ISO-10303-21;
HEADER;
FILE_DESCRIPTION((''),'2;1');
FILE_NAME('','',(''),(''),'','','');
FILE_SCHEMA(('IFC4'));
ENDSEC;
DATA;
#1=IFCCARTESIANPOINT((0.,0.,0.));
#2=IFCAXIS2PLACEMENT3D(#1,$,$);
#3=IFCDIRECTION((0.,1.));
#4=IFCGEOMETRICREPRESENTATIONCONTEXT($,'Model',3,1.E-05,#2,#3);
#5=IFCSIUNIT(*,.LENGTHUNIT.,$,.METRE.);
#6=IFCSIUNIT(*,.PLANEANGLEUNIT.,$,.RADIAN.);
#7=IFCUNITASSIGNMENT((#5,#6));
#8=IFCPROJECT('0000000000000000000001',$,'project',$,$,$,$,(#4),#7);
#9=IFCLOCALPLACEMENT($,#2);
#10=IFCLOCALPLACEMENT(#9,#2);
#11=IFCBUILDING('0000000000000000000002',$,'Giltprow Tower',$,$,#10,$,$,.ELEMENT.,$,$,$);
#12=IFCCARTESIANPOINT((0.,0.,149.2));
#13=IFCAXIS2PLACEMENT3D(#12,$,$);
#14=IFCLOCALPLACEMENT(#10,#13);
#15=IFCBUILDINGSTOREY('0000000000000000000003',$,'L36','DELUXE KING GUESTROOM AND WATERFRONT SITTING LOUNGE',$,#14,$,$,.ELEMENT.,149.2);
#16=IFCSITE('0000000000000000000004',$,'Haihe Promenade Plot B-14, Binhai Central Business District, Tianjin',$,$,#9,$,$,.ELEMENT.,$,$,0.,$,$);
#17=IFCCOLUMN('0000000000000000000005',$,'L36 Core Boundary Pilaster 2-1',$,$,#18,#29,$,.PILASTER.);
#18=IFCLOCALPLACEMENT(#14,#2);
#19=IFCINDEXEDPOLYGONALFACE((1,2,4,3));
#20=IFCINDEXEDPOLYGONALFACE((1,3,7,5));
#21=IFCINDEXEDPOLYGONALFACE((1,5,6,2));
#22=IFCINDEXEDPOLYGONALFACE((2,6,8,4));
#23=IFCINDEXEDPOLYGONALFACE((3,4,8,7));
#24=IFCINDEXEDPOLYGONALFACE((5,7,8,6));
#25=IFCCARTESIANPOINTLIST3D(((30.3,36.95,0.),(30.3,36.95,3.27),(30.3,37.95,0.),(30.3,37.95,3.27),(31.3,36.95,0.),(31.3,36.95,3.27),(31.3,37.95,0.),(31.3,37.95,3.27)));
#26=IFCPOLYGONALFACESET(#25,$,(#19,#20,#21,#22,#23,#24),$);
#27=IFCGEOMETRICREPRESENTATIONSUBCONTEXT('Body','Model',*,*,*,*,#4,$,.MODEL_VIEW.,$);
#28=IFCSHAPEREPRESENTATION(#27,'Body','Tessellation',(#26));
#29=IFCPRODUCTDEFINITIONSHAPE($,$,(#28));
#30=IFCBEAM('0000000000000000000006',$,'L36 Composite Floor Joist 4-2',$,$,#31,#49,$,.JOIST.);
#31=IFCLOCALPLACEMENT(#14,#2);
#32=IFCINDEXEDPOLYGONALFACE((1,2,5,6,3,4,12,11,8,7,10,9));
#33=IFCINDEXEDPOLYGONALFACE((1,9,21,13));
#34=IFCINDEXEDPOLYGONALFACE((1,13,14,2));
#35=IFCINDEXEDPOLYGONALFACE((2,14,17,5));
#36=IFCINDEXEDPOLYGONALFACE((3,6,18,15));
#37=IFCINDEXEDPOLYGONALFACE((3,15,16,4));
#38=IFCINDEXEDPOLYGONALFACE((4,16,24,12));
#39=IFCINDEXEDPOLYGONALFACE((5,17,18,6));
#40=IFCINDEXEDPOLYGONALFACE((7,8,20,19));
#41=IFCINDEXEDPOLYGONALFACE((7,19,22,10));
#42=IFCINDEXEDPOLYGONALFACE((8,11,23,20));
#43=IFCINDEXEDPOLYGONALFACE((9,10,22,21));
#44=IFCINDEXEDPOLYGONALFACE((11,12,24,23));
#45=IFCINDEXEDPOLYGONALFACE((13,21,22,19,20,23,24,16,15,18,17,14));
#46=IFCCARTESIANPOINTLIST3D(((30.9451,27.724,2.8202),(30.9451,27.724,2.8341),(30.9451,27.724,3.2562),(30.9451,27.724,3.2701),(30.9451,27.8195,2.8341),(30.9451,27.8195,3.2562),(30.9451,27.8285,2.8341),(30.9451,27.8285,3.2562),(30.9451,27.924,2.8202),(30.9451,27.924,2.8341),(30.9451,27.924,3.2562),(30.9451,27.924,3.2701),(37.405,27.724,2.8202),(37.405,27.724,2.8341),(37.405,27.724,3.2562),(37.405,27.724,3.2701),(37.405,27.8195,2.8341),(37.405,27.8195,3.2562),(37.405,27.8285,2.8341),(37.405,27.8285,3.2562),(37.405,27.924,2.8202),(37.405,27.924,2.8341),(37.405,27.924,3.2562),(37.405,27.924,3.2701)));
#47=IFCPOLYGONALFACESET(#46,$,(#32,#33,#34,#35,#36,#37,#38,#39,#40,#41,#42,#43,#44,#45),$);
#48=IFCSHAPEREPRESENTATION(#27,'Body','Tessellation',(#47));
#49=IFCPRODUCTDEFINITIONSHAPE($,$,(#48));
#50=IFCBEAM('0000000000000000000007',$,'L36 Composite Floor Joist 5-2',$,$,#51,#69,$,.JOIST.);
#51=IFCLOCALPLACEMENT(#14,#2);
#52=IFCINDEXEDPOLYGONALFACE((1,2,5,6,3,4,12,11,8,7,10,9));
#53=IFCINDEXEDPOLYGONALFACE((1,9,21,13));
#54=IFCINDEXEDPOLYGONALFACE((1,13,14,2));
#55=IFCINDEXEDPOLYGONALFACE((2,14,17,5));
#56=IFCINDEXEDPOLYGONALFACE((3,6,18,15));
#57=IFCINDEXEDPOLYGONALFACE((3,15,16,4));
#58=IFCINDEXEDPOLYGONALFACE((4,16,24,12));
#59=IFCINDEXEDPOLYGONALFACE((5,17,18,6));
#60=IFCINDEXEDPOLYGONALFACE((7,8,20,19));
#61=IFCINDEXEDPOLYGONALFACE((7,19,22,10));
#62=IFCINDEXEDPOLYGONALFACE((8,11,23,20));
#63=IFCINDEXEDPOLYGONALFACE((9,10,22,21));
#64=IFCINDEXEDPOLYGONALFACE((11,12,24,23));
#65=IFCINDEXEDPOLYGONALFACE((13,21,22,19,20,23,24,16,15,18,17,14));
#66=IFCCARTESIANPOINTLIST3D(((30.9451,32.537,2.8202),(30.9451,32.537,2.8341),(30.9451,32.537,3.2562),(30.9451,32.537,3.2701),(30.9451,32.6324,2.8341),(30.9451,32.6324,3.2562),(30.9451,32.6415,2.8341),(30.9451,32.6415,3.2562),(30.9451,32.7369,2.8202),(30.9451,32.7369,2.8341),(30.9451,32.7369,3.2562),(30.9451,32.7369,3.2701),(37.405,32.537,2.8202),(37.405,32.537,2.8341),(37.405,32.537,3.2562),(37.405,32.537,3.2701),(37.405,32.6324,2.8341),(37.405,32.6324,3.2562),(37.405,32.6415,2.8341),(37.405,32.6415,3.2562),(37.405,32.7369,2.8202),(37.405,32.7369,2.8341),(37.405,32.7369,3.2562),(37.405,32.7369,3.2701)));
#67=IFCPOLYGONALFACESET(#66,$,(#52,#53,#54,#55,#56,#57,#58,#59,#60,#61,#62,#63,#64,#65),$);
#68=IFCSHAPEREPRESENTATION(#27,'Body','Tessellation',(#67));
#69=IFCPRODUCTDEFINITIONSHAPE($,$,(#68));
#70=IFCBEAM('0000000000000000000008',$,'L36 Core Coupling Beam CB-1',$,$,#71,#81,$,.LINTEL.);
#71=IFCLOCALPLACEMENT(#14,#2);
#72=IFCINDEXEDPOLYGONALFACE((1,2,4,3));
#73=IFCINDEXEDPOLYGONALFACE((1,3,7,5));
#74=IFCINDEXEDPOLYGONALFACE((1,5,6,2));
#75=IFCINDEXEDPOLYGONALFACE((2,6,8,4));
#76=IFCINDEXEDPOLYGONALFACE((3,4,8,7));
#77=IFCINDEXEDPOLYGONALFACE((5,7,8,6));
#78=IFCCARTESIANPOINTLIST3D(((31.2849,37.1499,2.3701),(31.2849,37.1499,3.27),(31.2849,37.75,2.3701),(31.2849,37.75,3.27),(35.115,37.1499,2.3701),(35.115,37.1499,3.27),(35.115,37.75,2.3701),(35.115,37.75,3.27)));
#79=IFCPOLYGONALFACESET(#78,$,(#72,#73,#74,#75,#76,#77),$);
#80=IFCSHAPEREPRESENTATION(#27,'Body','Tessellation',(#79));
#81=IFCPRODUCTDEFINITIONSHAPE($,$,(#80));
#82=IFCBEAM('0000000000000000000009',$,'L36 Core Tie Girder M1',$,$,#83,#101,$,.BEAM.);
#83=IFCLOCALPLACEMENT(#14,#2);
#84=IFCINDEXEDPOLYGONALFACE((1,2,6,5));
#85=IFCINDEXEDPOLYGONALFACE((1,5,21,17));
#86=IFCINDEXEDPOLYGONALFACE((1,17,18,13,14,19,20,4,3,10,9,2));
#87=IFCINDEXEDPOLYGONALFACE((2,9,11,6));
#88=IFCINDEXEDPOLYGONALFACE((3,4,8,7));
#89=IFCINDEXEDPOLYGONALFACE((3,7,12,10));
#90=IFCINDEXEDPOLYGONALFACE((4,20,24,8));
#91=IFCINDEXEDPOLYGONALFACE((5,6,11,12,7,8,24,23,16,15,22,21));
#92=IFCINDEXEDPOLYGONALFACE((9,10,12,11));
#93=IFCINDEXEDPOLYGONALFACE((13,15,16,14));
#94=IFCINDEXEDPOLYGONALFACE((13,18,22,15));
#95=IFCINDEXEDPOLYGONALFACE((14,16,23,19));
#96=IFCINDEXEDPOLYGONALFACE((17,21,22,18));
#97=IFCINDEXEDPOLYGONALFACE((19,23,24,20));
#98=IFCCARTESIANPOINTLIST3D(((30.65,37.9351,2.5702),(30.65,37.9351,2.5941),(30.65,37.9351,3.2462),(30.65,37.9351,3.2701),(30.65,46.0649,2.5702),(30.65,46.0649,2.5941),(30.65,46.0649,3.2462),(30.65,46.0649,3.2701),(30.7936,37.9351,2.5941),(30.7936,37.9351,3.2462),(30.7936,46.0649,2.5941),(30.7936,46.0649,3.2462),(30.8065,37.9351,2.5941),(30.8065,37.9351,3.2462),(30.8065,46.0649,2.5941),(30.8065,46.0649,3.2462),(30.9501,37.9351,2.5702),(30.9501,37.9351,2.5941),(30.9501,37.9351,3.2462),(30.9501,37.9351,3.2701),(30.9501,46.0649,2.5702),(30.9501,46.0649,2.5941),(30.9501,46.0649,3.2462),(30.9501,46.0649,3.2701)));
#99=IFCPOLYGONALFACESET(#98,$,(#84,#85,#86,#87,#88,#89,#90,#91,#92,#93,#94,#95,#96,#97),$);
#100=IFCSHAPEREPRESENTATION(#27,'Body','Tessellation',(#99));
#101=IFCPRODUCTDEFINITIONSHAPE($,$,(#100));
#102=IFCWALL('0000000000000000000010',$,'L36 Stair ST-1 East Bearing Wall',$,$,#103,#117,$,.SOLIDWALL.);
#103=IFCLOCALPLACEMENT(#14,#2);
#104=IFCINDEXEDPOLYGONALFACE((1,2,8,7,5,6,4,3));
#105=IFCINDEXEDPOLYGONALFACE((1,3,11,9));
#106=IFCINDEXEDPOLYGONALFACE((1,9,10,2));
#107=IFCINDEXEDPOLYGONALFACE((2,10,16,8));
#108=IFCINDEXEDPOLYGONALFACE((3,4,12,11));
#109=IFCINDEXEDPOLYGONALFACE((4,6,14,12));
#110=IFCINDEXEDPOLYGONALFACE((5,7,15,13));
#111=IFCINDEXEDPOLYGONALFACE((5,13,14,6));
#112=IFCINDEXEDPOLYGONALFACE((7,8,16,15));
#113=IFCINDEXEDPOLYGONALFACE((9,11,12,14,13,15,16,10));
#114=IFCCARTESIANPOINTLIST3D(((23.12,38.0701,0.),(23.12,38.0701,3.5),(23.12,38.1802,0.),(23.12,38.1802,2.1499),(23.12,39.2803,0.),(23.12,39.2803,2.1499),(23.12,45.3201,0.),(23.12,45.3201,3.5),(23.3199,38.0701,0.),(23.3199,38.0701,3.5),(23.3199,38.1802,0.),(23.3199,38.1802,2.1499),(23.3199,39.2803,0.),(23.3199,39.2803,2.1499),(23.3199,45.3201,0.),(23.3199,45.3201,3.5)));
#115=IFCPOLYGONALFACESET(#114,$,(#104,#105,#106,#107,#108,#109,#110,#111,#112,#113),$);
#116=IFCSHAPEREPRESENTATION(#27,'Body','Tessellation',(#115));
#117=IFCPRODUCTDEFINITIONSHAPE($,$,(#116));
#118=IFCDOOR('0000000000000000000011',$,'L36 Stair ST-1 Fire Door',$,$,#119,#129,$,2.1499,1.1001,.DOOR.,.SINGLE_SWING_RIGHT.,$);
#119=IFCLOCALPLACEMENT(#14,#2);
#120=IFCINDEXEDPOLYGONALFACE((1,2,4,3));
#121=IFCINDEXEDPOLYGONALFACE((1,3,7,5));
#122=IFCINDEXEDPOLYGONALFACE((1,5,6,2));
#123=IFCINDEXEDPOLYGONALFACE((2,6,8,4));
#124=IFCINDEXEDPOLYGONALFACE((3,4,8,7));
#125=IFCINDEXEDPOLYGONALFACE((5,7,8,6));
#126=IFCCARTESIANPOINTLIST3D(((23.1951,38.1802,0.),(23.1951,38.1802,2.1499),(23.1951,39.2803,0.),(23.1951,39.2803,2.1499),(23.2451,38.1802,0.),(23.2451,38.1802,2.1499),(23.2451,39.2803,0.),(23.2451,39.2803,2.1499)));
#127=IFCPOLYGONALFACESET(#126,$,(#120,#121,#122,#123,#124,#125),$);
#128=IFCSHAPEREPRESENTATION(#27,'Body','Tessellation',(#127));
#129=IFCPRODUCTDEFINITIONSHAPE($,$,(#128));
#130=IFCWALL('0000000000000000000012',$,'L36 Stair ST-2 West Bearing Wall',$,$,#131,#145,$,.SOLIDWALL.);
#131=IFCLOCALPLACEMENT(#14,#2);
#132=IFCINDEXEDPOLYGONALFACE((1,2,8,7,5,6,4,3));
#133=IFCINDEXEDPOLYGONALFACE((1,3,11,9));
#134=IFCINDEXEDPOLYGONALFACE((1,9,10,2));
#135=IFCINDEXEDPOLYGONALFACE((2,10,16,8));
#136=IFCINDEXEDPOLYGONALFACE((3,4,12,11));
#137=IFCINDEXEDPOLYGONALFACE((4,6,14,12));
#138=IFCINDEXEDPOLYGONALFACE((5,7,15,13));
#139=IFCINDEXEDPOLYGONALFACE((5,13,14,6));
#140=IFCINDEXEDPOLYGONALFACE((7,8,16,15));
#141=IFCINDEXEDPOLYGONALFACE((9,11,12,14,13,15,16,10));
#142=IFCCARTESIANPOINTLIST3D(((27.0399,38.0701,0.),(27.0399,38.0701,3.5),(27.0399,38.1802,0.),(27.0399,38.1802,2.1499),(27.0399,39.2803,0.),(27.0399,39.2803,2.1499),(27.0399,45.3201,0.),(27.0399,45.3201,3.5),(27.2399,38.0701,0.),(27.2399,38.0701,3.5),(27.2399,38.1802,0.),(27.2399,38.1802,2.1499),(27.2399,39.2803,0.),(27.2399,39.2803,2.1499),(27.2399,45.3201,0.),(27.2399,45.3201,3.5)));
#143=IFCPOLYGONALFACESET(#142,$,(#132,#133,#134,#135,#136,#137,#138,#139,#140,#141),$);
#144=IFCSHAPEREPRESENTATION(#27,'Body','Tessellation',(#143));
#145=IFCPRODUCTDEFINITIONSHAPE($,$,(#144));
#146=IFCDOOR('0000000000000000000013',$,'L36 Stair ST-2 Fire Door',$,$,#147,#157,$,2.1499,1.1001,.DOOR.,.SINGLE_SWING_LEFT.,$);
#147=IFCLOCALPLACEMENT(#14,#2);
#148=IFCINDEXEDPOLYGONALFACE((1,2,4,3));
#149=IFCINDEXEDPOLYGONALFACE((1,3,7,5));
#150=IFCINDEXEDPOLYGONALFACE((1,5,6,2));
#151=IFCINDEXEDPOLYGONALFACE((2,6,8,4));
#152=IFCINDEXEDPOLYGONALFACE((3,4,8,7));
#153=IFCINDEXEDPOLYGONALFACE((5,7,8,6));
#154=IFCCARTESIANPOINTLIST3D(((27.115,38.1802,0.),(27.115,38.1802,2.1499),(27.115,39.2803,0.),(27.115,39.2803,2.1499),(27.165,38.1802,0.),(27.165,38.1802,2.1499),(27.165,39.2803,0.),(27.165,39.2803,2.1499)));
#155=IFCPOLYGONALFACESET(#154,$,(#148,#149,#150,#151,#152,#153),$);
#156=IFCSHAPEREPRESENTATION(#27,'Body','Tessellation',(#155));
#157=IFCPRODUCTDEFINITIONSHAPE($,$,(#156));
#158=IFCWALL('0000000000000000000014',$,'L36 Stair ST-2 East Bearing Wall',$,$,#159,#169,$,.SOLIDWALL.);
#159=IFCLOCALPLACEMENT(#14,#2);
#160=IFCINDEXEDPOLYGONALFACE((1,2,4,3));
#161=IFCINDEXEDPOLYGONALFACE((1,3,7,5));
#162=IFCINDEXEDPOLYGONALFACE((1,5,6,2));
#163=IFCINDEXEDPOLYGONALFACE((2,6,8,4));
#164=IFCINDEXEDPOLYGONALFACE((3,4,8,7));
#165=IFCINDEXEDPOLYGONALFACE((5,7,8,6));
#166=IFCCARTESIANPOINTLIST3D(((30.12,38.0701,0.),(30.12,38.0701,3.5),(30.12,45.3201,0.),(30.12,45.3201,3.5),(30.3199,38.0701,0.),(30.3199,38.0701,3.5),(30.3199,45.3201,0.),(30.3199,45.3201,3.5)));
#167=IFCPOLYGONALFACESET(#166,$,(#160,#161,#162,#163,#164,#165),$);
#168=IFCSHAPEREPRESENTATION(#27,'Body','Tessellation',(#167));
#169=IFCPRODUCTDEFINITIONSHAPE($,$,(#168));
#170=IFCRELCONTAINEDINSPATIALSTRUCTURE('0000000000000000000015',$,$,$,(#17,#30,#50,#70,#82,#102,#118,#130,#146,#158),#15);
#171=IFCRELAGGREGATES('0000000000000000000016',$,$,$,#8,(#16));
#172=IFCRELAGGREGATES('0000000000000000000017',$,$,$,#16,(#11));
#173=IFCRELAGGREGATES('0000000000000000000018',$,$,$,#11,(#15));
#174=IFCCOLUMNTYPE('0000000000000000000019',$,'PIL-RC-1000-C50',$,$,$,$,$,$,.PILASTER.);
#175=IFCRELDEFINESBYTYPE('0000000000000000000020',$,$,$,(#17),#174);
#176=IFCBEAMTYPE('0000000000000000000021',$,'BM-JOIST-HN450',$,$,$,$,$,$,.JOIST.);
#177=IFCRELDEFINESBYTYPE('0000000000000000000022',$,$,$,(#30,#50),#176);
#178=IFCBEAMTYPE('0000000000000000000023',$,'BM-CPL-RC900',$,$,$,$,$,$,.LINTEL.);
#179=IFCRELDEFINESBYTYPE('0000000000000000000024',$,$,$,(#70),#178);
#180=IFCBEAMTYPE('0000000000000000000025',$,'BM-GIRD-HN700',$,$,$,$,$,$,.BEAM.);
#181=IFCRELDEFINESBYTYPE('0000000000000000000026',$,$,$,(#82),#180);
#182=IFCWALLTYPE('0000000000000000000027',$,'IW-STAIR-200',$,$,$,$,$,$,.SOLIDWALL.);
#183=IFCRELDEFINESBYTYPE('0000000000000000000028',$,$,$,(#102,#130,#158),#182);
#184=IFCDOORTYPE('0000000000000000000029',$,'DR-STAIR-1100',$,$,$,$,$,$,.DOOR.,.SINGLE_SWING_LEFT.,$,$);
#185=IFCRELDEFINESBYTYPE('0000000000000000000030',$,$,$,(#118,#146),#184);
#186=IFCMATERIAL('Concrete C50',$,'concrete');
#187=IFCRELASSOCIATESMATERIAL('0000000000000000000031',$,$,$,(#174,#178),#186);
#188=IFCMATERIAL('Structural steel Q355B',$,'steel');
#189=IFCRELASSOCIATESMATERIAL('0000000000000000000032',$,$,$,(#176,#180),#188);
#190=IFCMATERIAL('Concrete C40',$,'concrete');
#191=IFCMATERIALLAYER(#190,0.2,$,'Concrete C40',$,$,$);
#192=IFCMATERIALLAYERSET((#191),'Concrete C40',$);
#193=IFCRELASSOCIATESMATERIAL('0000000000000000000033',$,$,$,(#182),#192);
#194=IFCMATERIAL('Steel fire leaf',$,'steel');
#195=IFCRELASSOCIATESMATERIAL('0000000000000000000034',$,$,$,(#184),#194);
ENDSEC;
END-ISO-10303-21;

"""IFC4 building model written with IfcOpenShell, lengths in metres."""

from ifc_helpers import new_model, si_unit, direction, frame, frame_2d, origin, origin_2d, place, context, subcontext, project, spatial, rectangle, i_section, extrude, source, transform, mapped, material, layer, layer_set, material_profile, profile_set, type_object, element, fill, save


model = new_model("IFC4")

# Units and contexts
model_context = context("Model", 3, precision=1e-05, world=origin(), true_north=direction((0.0, 1.0)))
body_context = subcontext(model_context, "Body", "Model", "MODEL_VIEW")
ifc_project = project(units=[si_unit("LENGTHUNIT", "METRE"), si_unit("PLANEANGLEUNIT", "RADIAN")], contexts=[model_context])

# Site, building, storey
site_placement = place(None, origin())
site = spatial("IfcSite", under=ifc_project, at=site_placement, Name="Haihe Promenade Plot B-14, Binhai Central Business District, Tianjin", CompositionType="ELEMENT", RefElevation=0.0)
building_placement = place(site_placement, origin())
building = spatial("IfcBuilding", under=site, at=building_placement, Name="Giltprow Tower", CompositionType="ELEMENT")
storey_placement = place(building_placement, frame((0.0, 0.0, 149.2)))
storey = spatial("IfcBuildingStorey", under=building, at=storey_placement, Name="L36", Description="DELUXE KING GUESTROOM AND WATERFRONT SITTING LOUNGE", CompositionType="ELEMENT", Elevation=149.2)

# Column
ifc_material_1 = material(Name="Concrete C50", Category="concrete")
ifc_material_profile_1 = material_profile(ifc_material_1, rectangle(XDim=1.0, YDim=1.0, at=origin_2d()), Name="RC 1000x1000")
ifc_profile_set_1 = profile_set([ifc_material_profile_1], Name="Concrete C50")
column_type = type_object("IfcColumnType", Name="PIL-RC-1000-C50", PredefinedType="PILASTER", material=ifc_profile_set_1)
shared_shape_1 = source(origin(), body_context, "Body", "SweptSolid", [
    extrude(rectangle(XDim=1.0, YDim=1.0, at=origin_2d()), origin(), (0.0, 0.0, 1.0), 3.27),
])
column_placement = place(storey_placement, frame((30.8, 37.45, 0.0), z_axis=(0.0, 0.0, 1.0), x_axis=(1.0, 0.0, 0.0)))
element("IfcColumn", 1, at=column_placement, inside=storey, type_object=column_type, Name="L36 Core Boundary Pilaster 2-1", PredefinedType="PILASTER", context=body_context, shape_type="MappedRepresentation", body=[
    mapped(shared_shape_1, transform((0.0, 0.0, 0.0), x_axis=(1.0, 0.0, 0.0), y_axis=(0.0, 1.0, 0.0), z_axis=(0.0, 0.0, 1.0), scale=1.0)),
])

# Beams
ifc_material_2 = material(Name="Structural steel Q355B", Category="steel")
ifc_material_profile_2 = material_profile(ifc_material_2, i_section(OverallWidth=0.2, OverallDepth=0.45, WebThickness=0.009, FlangeThickness=0.0139, at=origin_2d()), Name="HN 450x200x9x14")
ifc_profile_set_2 = profile_set([ifc_material_profile_2], Name="Structural steel Q355B")
beam_type_1 = type_object("IfcBeamType", Name="BM-JOIST-HN450", PredefinedType="JOIST", material=ifc_profile_set_2)
shared_shape_2 = source(origin(), body_context, "Body", "SweptSolid", [
    extrude(i_section(OverallWidth=0.2, OverallDepth=0.45, WebThickness=0.009, FlangeThickness=0.0139, at=origin_2d()), origin(), (0.0, 0.0, 1.0), 6.46),
])
for number, where, z_axis, x_axis, name in (
    (2, (30.9451, 27.824, 3.0452), (1.0, 0.0, 0.0), (0.0, 1.0, 0.0), "L36 Composite Floor Joist 4-2"),
    (3, (30.9451, 32.637, 3.0452), (1.0, 0.0, 0.0), (0.0, 1.0, 0.0), "L36 Composite Floor Joist 5-2"),
):
    element("IfcBeam", number, at=place(storey_placement, frame(where, z_axis=z_axis, x_axis=x_axis)), inside=storey, type_object=beam_type_1, Name=name, PredefinedType="JOIST", context=body_context, shape_type="MappedRepresentation", body=[
        mapped(shared_shape_2, transform((0.0, 0.0, 0.0), x_axis=(1.0, 0.0, 0.0), y_axis=(0.0, 1.0, 0.0), z_axis=(0.0, 0.0, 1.0), scale=1.0)),
    ])
ifc_material_profile_3 = material_profile(ifc_material_1, rectangle(XDim=0.6001, YDim=0.8999, at=origin_2d()), Name="RC 900x600")
ifc_profile_set_3 = profile_set([ifc_material_profile_3], Name="Concrete C50")
beam_type_2 = type_object("IfcBeamType", Name="BM-CPL-RC900", PredefinedType="LINTEL", material=ifc_profile_set_3)
shared_shape_3 = source(origin(), body_context, "Body", "SweptSolid", [
    extrude(rectangle(XDim=0.6001, YDim=0.8999, at=origin_2d()), origin(), (0.0, 0.0, 1.0), 3.8301),
])
beam_1_placement = place(storey_placement, frame((31.2849, 37.45, 2.8201), z_axis=(1.0, 0.0, 0.0), x_axis=(0.0, 1.0, 0.0)))
element("IfcBeam", 4, at=beam_1_placement, inside=storey, type_object=beam_type_2, Name="L36 Core Coupling Beam CB-1", PredefinedType="LINTEL", context=body_context, shape_type="MappedRepresentation", body=[
    mapped(shared_shape_3, transform((0.0, 0.0, 0.0), x_axis=(1.0, 0.0, 0.0), y_axis=(0.0, 1.0, 0.0), z_axis=(0.0, 0.0, 1.0), scale=1.0)),
])
ifc_material_profile_4 = material_profile(ifc_material_2, i_section(OverallWidth=0.3, OverallDepth=0.7, WebThickness=0.0129, FlangeThickness=0.0239, at=origin_2d()), Name="HN 700x300x13x24")
ifc_profile_set_4 = profile_set([ifc_material_profile_4], Name="Structural steel Q355B")
beam_type_3 = type_object("IfcBeamType", Name="BM-GIRD-HN700", PredefinedType="BEAM", material=ifc_profile_set_4)
shared_shape_4 = source(origin(), body_context, "Body", "SweptSolid", [
    extrude(i_section(OverallWidth=0.3, OverallDepth=0.7, WebThickness=0.0129, FlangeThickness=0.0239, at=origin_2d()), origin(), (0.0, 0.0, 1.0), 8.1299),
])
beam_2_placement = place(storey_placement, frame((30.8, 37.9351, 2.9202), z_axis=(0.0, 1.0, 0.0), x_axis=(-1.0, 0.0, 0.0)))
element("IfcBeam", 5, at=beam_2_placement, inside=storey, type_object=beam_type_3, Name="L36 Core Tie Girder M1", PredefinedType="BEAM", context=body_context, shape_type="MappedRepresentation", body=[
    mapped(shared_shape_4, transform((0.0, 0.0, 0.0), x_axis=(1.0, 0.0, 0.0), y_axis=(0.0, 1.0, 0.0), z_axis=(0.0, 0.0, 1.0), scale=1.0)),
])

# Walls, openings, doors
ifc_material_3 = material(Name="Concrete C40", Category="concrete")
ifc_layer_1 = layer(ifc_material_3, 0.2, Name="Concrete C40")
ifc_layer_set_1 = layer_set([ifc_layer_1], Name="Concrete C40")
wall_type_1 = type_object("IfcWallType", Name="IW-STAIR-200", PredefinedType="SOLIDWALL", material=ifc_layer_set_1)
wall_1_placement = place(storey_placement, frame((23.22, 38.0701, 0.0), z_axis=(0.0, 0.0, 1.0), x_axis=(0.0, 1.0, 0.0)))
wall_1 = element("IfcWall", 6, at=wall_1_placement, inside=storey, type_object=wall_type_1, Name="L36 Stair ST-1 East Bearing Wall", PredefinedType="SOLIDWALL", context=body_context, shape_type="SweptSolid", body=[
    extrude(rectangle(XDim=7.25, YDim=0.2, at=frame_2d((3.625, 0.0))), origin(), (0.0, 0.0, 1.0), 3.5),
])
opening_1_placement = place(wall_1_placement, frame((0.1101, 0.0, 0.0)))
opening_1 = element("IfcOpeningElement", 7, at=opening_1_placement, cuts=wall_1, PredefinedType="OPENING", context=body_context, shape_type="SweptSolid", body=[
    extrude(rectangle(XDim=1.1001, YDim=2.1499, at=frame_2d((0.55, 1.075))), frame((0.0, 0.1099, 0.0), z_axis=(0.0, -1.0, 0.0), x_axis=(1.0, 0.0, 0.0)), (0.0, 0.0, 1.0), 0.22),
])
ifc_material_4 = material(Name="Steel fire leaf", Category="steel")
door_type_1 = type_object("IfcDoorType", Name="DR-STAIR-1100", OperationType="SINGLE_SWING_LEFT", PredefinedType="DOOR", material=ifc_material_4)
shared_shape_5 = source(origin(), body_context, "Body", "SweptSolid", [
    extrude(rectangle(XDim=1.1001, YDim=2.1499, at=frame_2d((0.55, 1.075))), frame((0.0, 0.0249, 0.0), z_axis=(0.0, -1.0, 0.0), x_axis=(1.0, 0.0, 0.0)), (0.0, 0.0, 1.0), 0.05),
])
door_1_placement = place(opening_1_placement, origin())
door_1 = element("IfcDoor", 8, at=door_1_placement, inside=storey, type_object=door_type_1, Name="L36 Stair ST-1 Fire Door", OperationType="SINGLE_SWING_RIGHT", OverallHeight=2.1499, OverallWidth=1.1001, PredefinedType="DOOR", context=body_context, shape_type="MappedRepresentation", body=[
    mapped(shared_shape_5, transform((0.0, 0.0, 0.0), x_axis=(1.0, 0.0, 0.0), y_axis=(0.0, 1.0, 0.0), z_axis=(0.0, 0.0, 1.0), scale=1.0)),
])
fill(opening_1, door_1)
wall_2_placement = place(storey_placement, frame((27.1399, 38.0701, 0.0), z_axis=(0.0, 0.0, 1.0), x_axis=(0.0, 1.0, 0.0)))
wall_2 = element("IfcWall", 9, at=wall_2_placement, inside=storey, type_object=wall_type_1, Name="L36 Stair ST-2 West Bearing Wall", PredefinedType="SOLIDWALL", context=body_context, shape_type="SweptSolid", body=[
    extrude(rectangle(XDim=7.25, YDim=0.2, at=frame_2d((3.625, 0.0))), origin(), (0.0, 0.0, 1.0), 3.5),
])
opening_2_placement = place(wall_2_placement, frame((0.1101, 0.0, 0.0)))
opening_2 = element("IfcOpeningElement", 10, at=opening_2_placement, cuts=wall_2, PredefinedType="OPENING", context=body_context, shape_type="SweptSolid", body=[
    extrude(rectangle(XDim=1.1001, YDim=2.1499, at=frame_2d((0.55, 1.075))), frame((0.0, 0.1099, 0.0), z_axis=(0.0, -1.0, 0.0), x_axis=(1.0, 0.0, 0.0)), (0.0, 0.0, 1.0), 0.22),
])
door_2_placement = place(opening_2_placement, origin())
door_2 = element("IfcDoor", 11, at=door_2_placement, inside=storey, type_object=door_type_1, Name="L36 Stair ST-2 Fire Door", OperationType="SINGLE_SWING_LEFT", OverallHeight=2.1499, OverallWidth=1.1001, PredefinedType="DOOR", context=body_context, shape_type="MappedRepresentation", body=[
    mapped(shared_shape_5, transform((0.0, 0.0, 0.0), x_axis=(1.0, 0.0, 0.0), y_axis=(0.0, 1.0, 0.0), z_axis=(0.0, 0.0, 1.0), scale=1.0)),
])
fill(opening_2, door_2)

# Wall
wall_3_placement = place(storey_placement, frame((30.22, 38.0701, 0.0), z_axis=(0.0, 0.0, 1.0), x_axis=(0.0, 1.0, 0.0)))
element("IfcWall", 12, at=wall_3_placement, inside=storey, type_object=wall_type_1, Name="L36 Stair ST-2 East Bearing Wall", PredefinedType="SOLIDWALL", context=body_context, shape_type="SweptSolid", body=[
    extrude(rectangle(XDim=7.25, YDim=0.2, at=frame_2d((3.625, 0.0))), origin(), (0.0, 0.0, 1.0), 3.5),
])

save(model, "model.ifc")
